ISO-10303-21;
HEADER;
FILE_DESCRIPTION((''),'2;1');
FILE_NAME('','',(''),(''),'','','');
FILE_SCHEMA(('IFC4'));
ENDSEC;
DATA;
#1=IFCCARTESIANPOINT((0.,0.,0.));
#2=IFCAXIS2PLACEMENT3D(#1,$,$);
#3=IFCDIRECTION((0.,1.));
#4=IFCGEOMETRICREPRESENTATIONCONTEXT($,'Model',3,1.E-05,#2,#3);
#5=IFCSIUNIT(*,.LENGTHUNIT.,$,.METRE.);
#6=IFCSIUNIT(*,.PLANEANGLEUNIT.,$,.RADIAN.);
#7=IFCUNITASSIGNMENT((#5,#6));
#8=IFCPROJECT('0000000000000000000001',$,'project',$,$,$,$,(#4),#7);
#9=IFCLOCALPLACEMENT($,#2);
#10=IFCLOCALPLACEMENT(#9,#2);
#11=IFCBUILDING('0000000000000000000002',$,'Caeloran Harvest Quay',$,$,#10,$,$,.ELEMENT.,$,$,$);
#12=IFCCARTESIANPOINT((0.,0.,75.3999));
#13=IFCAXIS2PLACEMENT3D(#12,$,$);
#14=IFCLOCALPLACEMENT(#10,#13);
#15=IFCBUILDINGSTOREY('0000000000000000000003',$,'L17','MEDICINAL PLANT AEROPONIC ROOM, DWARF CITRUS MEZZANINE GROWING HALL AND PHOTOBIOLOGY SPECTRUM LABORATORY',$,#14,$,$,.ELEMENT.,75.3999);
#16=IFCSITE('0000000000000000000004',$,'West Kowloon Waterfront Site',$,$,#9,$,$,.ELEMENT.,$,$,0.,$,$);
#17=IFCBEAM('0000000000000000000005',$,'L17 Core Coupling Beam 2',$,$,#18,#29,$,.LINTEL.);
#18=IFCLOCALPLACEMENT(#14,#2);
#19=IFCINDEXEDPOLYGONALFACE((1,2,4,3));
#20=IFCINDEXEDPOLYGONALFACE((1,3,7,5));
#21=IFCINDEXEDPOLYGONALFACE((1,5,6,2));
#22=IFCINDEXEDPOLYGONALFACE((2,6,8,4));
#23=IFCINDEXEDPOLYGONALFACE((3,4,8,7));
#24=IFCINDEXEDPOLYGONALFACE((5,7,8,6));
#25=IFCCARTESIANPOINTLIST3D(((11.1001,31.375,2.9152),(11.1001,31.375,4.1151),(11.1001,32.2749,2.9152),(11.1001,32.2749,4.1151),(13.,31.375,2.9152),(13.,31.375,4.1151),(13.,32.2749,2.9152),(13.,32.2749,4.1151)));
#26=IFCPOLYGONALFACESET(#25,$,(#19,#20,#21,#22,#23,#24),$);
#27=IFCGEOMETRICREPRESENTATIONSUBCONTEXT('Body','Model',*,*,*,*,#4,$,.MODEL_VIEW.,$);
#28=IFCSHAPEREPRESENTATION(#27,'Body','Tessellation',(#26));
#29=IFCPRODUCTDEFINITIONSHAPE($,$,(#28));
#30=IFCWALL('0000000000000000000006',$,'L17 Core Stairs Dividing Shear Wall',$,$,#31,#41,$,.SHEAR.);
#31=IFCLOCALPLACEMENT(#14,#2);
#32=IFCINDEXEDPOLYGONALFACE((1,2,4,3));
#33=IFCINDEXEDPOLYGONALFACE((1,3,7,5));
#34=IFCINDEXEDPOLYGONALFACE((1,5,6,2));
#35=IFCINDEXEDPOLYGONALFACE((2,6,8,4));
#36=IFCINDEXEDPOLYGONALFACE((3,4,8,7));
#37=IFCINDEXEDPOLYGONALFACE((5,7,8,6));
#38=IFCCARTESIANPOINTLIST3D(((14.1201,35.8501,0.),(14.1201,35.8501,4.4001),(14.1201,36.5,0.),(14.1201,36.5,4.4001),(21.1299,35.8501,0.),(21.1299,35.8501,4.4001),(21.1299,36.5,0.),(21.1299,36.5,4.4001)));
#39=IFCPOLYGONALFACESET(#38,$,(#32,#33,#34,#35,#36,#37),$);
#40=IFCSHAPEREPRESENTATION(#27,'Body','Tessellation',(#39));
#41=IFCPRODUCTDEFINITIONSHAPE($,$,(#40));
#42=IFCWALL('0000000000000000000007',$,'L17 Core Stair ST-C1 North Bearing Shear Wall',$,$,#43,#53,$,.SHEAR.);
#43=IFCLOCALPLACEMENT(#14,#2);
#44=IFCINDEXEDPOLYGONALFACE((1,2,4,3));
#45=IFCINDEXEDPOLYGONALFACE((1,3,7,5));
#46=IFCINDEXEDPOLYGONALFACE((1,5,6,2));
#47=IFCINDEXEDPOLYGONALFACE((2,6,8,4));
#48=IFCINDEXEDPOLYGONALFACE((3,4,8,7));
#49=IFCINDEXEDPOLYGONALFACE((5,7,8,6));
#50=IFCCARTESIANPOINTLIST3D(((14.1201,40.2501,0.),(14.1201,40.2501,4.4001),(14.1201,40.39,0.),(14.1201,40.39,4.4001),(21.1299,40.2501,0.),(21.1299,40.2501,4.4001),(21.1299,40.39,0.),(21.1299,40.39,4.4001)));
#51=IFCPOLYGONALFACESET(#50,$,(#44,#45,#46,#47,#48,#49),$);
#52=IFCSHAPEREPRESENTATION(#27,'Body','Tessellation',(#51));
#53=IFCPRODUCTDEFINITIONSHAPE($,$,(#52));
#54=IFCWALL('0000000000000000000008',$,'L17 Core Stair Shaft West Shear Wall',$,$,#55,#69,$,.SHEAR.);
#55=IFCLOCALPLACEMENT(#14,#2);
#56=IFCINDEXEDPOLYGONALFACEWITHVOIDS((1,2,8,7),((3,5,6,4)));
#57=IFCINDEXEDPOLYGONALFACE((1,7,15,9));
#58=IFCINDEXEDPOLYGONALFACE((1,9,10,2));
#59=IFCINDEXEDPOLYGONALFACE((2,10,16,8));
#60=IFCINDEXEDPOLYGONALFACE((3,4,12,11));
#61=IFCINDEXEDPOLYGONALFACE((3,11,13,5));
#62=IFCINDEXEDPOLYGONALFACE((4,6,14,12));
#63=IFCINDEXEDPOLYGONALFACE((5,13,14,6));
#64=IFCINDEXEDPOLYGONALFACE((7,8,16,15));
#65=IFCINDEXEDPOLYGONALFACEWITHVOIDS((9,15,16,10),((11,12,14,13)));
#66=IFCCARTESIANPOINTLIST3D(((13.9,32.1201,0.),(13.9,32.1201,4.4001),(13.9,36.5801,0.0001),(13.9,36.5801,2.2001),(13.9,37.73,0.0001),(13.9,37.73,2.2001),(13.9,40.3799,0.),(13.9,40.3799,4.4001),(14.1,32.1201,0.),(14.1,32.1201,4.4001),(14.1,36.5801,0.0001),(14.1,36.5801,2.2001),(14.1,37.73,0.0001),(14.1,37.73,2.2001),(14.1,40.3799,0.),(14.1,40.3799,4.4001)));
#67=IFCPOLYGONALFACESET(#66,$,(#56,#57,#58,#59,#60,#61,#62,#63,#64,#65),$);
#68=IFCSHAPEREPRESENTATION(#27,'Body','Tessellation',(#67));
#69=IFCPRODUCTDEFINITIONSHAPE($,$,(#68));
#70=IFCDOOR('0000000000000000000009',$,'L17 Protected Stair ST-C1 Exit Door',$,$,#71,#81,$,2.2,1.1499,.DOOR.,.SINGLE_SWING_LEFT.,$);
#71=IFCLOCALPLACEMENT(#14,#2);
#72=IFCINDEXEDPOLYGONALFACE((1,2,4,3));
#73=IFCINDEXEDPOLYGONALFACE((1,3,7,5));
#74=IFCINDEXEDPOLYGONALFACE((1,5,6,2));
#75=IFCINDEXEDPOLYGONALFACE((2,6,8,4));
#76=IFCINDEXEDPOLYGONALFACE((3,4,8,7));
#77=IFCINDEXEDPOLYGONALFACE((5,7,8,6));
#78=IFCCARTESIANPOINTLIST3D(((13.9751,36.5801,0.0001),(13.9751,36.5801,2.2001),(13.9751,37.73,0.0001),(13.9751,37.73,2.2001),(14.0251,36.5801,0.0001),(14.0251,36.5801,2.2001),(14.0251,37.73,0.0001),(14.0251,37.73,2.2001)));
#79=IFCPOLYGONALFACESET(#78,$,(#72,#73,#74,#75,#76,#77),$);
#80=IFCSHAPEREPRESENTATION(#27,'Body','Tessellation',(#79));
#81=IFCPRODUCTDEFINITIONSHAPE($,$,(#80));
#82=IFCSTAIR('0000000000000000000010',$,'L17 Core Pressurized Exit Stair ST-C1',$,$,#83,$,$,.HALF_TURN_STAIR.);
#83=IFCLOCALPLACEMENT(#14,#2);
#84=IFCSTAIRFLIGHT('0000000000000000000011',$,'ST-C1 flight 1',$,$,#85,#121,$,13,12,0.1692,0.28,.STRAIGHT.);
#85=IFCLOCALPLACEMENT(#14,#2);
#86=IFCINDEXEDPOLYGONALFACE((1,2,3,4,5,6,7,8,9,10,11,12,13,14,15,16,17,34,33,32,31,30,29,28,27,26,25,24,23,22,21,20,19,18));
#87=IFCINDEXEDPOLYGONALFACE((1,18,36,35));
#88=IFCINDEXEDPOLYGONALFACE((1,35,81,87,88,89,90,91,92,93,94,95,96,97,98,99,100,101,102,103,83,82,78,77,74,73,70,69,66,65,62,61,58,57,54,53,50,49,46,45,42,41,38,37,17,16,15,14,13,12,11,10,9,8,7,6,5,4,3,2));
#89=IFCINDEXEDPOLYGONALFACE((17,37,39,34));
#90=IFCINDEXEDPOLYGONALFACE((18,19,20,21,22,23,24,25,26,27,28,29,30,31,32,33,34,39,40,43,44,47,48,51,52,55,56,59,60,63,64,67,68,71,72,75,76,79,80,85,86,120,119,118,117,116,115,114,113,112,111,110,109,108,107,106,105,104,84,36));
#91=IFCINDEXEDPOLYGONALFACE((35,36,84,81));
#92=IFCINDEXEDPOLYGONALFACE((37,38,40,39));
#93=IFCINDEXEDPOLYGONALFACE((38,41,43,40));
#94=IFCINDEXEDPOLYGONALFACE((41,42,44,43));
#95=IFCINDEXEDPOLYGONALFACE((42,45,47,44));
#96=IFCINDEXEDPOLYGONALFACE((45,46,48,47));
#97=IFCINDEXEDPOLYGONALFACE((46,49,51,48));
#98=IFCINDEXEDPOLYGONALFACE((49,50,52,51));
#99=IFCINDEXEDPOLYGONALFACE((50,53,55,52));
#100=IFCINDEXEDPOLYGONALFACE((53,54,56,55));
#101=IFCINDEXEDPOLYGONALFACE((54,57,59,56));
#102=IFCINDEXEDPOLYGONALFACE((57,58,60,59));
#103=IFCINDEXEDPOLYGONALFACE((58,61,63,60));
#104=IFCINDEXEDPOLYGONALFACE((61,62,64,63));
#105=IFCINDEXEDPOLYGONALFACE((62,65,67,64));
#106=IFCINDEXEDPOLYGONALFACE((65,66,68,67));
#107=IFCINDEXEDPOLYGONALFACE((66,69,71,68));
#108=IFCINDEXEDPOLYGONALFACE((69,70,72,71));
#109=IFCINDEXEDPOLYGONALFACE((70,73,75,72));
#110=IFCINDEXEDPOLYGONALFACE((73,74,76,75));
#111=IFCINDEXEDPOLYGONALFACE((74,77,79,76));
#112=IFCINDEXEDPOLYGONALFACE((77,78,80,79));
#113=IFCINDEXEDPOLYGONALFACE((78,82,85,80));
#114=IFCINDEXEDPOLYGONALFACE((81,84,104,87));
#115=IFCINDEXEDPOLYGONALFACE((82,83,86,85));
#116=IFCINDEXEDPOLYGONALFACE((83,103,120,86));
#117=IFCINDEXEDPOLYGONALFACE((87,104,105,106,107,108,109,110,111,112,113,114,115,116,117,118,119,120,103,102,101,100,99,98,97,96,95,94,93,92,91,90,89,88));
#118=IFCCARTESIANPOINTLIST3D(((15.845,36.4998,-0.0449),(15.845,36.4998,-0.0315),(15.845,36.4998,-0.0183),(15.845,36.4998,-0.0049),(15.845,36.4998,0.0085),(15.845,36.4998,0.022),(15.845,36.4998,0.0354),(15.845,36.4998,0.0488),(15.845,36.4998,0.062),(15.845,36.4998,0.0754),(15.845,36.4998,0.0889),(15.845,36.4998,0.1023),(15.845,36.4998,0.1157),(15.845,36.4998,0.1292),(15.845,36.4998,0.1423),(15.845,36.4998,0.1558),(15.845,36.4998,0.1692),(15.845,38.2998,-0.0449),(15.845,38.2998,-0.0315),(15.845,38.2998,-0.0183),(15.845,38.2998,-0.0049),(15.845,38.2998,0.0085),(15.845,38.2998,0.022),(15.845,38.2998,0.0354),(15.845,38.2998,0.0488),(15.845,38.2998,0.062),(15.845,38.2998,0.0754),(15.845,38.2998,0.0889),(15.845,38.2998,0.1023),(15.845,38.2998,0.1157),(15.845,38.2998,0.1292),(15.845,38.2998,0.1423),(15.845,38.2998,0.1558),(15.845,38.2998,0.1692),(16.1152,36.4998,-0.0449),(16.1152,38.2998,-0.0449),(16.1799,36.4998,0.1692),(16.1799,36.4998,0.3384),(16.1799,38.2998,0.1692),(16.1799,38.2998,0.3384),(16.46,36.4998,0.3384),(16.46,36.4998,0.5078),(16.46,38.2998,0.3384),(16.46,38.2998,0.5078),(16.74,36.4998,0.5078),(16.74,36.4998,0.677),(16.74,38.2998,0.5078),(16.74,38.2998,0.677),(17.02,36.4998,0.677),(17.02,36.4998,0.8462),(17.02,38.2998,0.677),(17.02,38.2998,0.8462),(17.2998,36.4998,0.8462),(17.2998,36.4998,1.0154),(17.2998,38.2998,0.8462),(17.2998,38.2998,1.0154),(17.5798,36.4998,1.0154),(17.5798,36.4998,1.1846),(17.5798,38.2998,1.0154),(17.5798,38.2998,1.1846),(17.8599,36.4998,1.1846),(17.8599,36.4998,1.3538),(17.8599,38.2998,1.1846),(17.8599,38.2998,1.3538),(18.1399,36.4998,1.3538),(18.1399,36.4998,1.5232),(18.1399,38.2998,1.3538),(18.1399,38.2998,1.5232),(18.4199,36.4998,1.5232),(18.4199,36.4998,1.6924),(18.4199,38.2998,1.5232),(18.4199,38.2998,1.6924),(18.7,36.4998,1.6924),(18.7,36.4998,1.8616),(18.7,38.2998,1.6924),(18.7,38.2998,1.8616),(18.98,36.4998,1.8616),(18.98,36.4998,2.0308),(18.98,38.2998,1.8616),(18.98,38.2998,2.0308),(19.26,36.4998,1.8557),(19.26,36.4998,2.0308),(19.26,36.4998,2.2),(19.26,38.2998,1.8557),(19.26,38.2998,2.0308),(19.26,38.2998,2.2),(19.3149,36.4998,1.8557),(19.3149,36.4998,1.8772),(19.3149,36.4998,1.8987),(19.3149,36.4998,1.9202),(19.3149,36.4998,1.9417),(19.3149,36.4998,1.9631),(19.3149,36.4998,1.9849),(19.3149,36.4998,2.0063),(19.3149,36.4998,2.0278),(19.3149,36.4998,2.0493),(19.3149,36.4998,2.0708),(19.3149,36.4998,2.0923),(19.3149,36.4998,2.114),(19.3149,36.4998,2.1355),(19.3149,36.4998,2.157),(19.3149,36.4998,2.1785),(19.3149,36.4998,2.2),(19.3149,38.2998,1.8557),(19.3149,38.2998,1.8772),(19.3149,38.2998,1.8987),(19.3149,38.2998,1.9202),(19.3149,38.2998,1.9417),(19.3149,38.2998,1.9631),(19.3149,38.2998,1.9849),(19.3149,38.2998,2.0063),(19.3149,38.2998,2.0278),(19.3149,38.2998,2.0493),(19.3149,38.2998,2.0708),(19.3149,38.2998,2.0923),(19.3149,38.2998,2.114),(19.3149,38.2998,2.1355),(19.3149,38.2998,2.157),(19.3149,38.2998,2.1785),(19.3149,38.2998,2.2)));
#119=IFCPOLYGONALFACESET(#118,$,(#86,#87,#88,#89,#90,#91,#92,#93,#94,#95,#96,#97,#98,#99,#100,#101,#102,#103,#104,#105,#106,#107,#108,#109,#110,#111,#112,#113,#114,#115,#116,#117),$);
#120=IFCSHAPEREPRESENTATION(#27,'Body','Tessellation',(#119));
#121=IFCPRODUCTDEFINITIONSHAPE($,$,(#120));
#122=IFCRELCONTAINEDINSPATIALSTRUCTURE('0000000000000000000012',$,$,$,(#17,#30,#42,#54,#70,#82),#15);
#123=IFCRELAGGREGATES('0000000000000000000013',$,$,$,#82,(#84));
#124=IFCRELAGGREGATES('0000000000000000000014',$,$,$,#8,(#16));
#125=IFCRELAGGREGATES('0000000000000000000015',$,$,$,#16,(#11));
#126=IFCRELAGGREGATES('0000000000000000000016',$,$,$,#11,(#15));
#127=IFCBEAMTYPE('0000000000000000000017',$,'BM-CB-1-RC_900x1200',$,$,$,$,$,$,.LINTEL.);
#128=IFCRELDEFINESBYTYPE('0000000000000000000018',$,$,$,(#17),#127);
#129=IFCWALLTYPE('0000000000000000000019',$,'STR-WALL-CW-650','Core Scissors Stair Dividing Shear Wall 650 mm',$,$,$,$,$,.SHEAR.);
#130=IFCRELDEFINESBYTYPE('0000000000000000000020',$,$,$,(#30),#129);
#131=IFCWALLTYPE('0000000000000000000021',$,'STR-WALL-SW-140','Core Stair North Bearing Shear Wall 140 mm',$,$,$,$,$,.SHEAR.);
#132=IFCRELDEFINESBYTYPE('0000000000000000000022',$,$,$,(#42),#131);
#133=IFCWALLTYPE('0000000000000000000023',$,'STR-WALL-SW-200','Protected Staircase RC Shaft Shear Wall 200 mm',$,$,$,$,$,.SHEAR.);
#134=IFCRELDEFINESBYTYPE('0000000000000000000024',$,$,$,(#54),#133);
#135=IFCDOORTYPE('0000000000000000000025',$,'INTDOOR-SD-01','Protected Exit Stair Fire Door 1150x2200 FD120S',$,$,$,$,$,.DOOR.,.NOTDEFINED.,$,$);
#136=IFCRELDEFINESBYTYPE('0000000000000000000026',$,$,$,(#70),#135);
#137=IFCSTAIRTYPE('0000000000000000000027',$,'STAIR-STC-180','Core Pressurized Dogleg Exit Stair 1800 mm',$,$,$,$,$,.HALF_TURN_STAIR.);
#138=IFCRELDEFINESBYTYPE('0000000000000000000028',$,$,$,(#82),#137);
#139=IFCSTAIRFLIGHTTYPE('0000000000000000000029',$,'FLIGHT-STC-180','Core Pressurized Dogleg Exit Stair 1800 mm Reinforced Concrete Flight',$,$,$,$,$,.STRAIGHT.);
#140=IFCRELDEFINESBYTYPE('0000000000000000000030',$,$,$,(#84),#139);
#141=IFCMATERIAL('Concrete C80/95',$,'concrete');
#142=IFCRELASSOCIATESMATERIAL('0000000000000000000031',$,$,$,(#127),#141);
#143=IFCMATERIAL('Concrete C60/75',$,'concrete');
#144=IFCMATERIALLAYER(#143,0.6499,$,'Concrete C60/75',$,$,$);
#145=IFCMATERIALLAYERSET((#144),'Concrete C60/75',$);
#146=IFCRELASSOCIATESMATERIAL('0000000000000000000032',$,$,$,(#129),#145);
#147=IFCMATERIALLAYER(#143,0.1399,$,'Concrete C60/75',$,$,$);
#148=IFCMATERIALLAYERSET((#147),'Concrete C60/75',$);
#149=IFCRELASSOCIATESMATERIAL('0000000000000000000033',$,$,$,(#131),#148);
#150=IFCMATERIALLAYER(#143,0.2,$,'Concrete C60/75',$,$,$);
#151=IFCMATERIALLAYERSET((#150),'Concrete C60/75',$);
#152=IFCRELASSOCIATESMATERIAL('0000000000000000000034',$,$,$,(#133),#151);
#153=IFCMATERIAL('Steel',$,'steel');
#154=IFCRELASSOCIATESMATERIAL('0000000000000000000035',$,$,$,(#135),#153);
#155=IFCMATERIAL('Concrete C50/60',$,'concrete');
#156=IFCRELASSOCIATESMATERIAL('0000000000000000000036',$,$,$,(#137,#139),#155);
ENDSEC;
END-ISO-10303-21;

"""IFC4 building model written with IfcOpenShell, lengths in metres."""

from ifc_helpers import new_model, si_unit, direction, frame, frame_2d, origin, origin_2d, place, context, subcontext, project, spatial, polyline, rectangle, outline, extrude, material, layer, layer_set, material_profile, profile_set, type_object, element, fill, aggregate, save


model = new_model("IFC4")

# Units and contexts
model_context = context("Model", 3, precision=1e-05, world=origin(), true_north=direction((0.0, 1.0)))
body_context = subcontext(model_context, "Body", "Model", "MODEL_VIEW")
ifc_project = project(units=[si_unit("LENGTHUNIT", "METRE"), si_unit("PLANEANGLEUNIT", "RADIAN")], contexts=[model_context])

# Site, building, storey
site_placement = place(None, origin())
site = spatial("IfcSite", under=ifc_project, at=site_placement, Name="West Kowloon Waterfront Site", CompositionType="ELEMENT", RefElevation=0.0)
building_placement = place(site_placement, origin())
building = spatial("IfcBuilding", under=site, at=building_placement, Name="Caeloran Harvest Quay", CompositionType="ELEMENT")
storey_placement = place(building_placement, frame((0.0, 0.0, 75.3999)))
storey = spatial("IfcBuildingStorey", under=building, at=storey_placement, Name="L17", Description="MEDICINAL PLANT AEROPONIC ROOM, DWARF CITRUS MEZZANINE GROWING HALL AND PHOTOBIOLOGY SPECTRUM LABORATORY", CompositionType="ELEMENT", Elevation=75.3999)

# Beam
ifc_material_1 = material(Name="Concrete C80/95", Category="concrete")
ifc_material_profile = material_profile(ifc_material_1, rectangle(XDim=0.8999, YDim=1.2, at=origin_2d()), Name="RC 900x1200")
ifc_profile_set = profile_set([ifc_material_profile], Name="Concrete C80/95")
beam_type = type_object("IfcBeamType", Name="BM-CB-1-RC_900x1200", PredefinedType="LINTEL", material=ifc_profile_set)
beam_placement = place(storey_placement, frame((11.1001, 31.825, 3.5151), z_axis=(1.0, 0.0, 0.0), x_axis=(0.0, 1.0, 0.0)))
element("IfcBeam", 1, at=beam_placement, inside=storey, type_object=beam_type, Name="L17 Core Coupling Beam 2", PredefinedType="LINTEL", context=body_context, shape_type="SweptSolid", body=[
    extrude(rectangle(XDim=0.8999, YDim=1.2, at=origin_2d()), origin(), (0.0, 0.0, 1.0), 1.8999),
])

# Walls
ifc_material_2 = material(Name="Concrete C60/75", Category="concrete")
ifc_layer_1 = layer(ifc_material_2, 0.6499, Name="Concrete C60/75")
ifc_layer_set_1 = layer_set([ifc_layer_1], Name="Concrete C60/75")
wall_type_1 = type_object("IfcWallType", Name="STR-WALL-CW-650", Description="Core Scissors Stair Dividing Shear Wall 650 mm", PredefinedType="SHEAR", material=ifc_layer_set_1)
wall_1_placement = place(storey_placement, frame((14.1201, 36.175, 0.0), z_axis=(0.0, 0.0, 1.0), x_axis=(1.0, 0.0, 0.0)))
element("IfcWall", 2, at=wall_1_placement, inside=storey, type_object=wall_type_1, Name="L17 Core Stairs Dividing Shear Wall", PredefinedType="SHEAR", context=body_context, shape_type="SweptSolid", body=[
    extrude(rectangle(XDim=7.0098, YDim=0.6499, at=frame_2d((3.5049, 0.0))), origin(), (0.0, 0.0, 1.0), 4.4001),
])
ifc_layer_2 = layer(ifc_material_2, 0.1399, Name="Concrete C60/75")
ifc_layer_set_2 = layer_set([ifc_layer_2], Name="Concrete C60/75")
wall_type_2 = type_object("IfcWallType", Name="STR-WALL-SW-140", Description="Core Stair North Bearing Shear Wall 140 mm", PredefinedType="SHEAR", material=ifc_layer_set_2)
wall_2_placement = place(storey_placement, frame((14.1201, 40.3201, 0.0), z_axis=(0.0, 0.0, 1.0), x_axis=(1.0, 0.0, 0.0)))
element("IfcWall", 3, at=wall_2_placement, inside=storey, type_object=wall_type_2, Name="L17 Core Stair ST-C1 North Bearing Shear Wall", PredefinedType="SHEAR", context=body_context, shape_type="SweptSolid", body=[
    extrude(rectangle(XDim=7.0098, YDim=0.1399, at=frame_2d((3.5049, 0.0))), origin(), (0.0, 0.0, 1.0), 4.4001),
])

# Wall, opening, door
ifc_layer_3 = layer(ifc_material_2, 0.2, Name="Concrete C60/75")
ifc_layer_set_3 = layer_set([ifc_layer_3], Name="Concrete C60/75")
wall_type_3 = type_object("IfcWallType", Name="STR-WALL-SW-200", Description="Protected Staircase RC Shaft Shear Wall 200 mm", PredefinedType="SHEAR", material=ifc_layer_set_3)
wall_3_placement = place(storey_placement, frame((14.0, 32.1201, 0.0), z_axis=(0.0, 0.0, 1.0), x_axis=(0.0, 1.0, 0.0)))
wall_3 = element("IfcWall", 4, at=wall_3_placement, inside=storey, type_object=wall_type_3, Name="L17 Core Stair Shaft West Shear Wall", PredefinedType="SHEAR", context=body_context, shape_type="SweptSolid", body=[
    extrude(rectangle(XDim=8.2598, YDim=0.2, at=frame_2d((4.1299, 0.0))), origin(), (0.0, 0.0, 1.0), 4.4001),
])
opening_placement = place(wall_3_placement, frame((4.46, 0.0, 0.0)))
opening = element("IfcOpeningElement", 5, at=opening_placement, cuts=wall_3, PredefinedType="OPENING", context=body_context, shape_type="SweptSolid", body=[
    extrude(rectangle(XDim=1.1499, YDim=2.2, at=frame_2d((0.575, 1.1001))), frame((0.0, 0.1099, 0.0), z_axis=(0.0, -1.0, 0.0), x_axis=(1.0, 0.0, 0.0)), (0.0, 0.0, 1.0), 0.22),
])
ifc_material_3 = material(Name="Steel", Category="steel")
door_type = type_object("IfcDoorType", Name="INTDOOR-SD-01", Description="Protected Exit Stair Fire Door 1150x2200 FD120S", OperationType="NOTDEFINED", PredefinedType="DOOR", material=ifc_material_3)
door_placement = place(opening_placement, origin())
door = element("IfcDoor", 6, at=door_placement, inside=storey, type_object=door_type, Name="L17 Protected Stair ST-C1 Exit Door", OperationType="SINGLE_SWING_LEFT", OverallHeight=2.2, OverallWidth=1.1499, PredefinedType="DOOR", context=body_context, shape_type="SweptSolid", body=[
    extrude(rectangle(XDim=1.1499, YDim=2.2, at=frame_2d((0.575, 1.1001))), frame((0.0, 0.0249, 0.0), z_axis=(0.0, -1.0, 0.0), x_axis=(1.0, 0.0, 0.0)), (0.0, 0.0, 1.0), 0.05),
])
fill(opening, door)

# Stair, stair flight
ifc_material_4 = material(Name="Concrete C50/60", Category="concrete")
stair_type = type_object("IfcStairType", Name="STAIR-STC-180", Description="Core Pressurized Dogleg Exit Stair 1800 mm", PredefinedType="HALF_TURN_STAIR", material=ifc_material_4)
stair_1_placement = place(storey_placement, origin())
stair_1 = element("IfcStair", 7, at=stair_1_placement, inside=storey, type_object=stair_type, Name="L17 Core Pressurized Exit Stair ST-C1", PredefinedType="HALF_TURN_STAIR")
stair_flight_type = type_object("IfcStairFlightType", Name="FLIGHT-STC-180", Description="Core Pressurized Dogleg Exit Stair 1800 mm Reinforced Concrete Flight", PredefinedType="STRAIGHT", material=ifc_material_4)
stair_flight_1_placement = place(storey_placement, frame((15.8999, 37.3999, 0.0), z_axis=(0.0, 0.0, 1.0), x_axis=(1.0, 0.0, 0.0)))
stair_flight_1 = element("IfcStairFlight", 8, at=stair_flight_1_placement, type_object=stair_flight_type, Name="ST-C1 flight 1", NumberOfRisers=13, NumberOfTreads=12, PredefinedType="STRAIGHT", RiserHeight=0.1692, TreadLength=0.28, context=body_context, shape_type="SweptSolid", body=[
    extrude(outline(polyline([(-0.0549, -0.0449), (-0.0549, -0.0315), (-0.0549, -0.0183), (-0.0549, -0.0049), (-0.0549, 0.0085), (-0.0549, 0.022), (-0.0549, 0.0354), (-0.0549, 0.0488), (-0.0549, 0.062), (-0.0549, 0.0754), (-0.0549, 0.0889), (-0.0549, 0.1023), (-0.0549, 0.1157), (-0.0549, 0.1292), (-0.0549, 0.1423), (-0.0549, 0.1558), (-0.0549, 0.1692), (0.28, 0.1692), (0.28, 0.3384), (0.5601, 0.3384), (0.5601, 0.5078), (0.8401, 0.5078), (0.8401, 0.677), (1.1201, 0.677), (1.1201, 0.8462), (1.3999, 0.8462), (1.3999, 1.0154), (1.6799, 1.0154), (1.6799, 1.1846), (1.96, 1.1846), (1.96, 1.3538), (2.24, 1.3538), (2.24, 1.5232), (2.52, 1.5232), (2.52, 1.6924), (2.8, 1.6924), (2.8, 1.8616), (3.0801, 1.8616), (3.0801, 2.0308), (3.3601, 2.0308), (3.3601, 2.2), (3.415, 2.2), (3.415, 2.1785), (3.415, 2.157), (3.415, 2.1355), (3.415, 2.114), (3.415, 2.0923), (3.415, 2.0708), (3.415, 2.0493), (3.415, 2.0278), (3.415, 2.0063), (3.415, 1.9849), (3.415, 1.9631), (3.415, 1.9417), (3.415, 1.9202), (3.415, 1.8987), (3.415, 1.8772), (3.415, 1.8557), (3.3601, 1.8557), (0.2153, -0.0449), (-0.0549, -0.0449)])), frame((0.0, 0.8999, 0.0), z_axis=(0.0, -1.0, 0.0), x_axis=(1.0, 0.0, 0.0)), (0.0, 0.0, 1.0), 1.8),
])
aggregate(stair_1, [stair_flight_1])

save(model, "model.ifc")
